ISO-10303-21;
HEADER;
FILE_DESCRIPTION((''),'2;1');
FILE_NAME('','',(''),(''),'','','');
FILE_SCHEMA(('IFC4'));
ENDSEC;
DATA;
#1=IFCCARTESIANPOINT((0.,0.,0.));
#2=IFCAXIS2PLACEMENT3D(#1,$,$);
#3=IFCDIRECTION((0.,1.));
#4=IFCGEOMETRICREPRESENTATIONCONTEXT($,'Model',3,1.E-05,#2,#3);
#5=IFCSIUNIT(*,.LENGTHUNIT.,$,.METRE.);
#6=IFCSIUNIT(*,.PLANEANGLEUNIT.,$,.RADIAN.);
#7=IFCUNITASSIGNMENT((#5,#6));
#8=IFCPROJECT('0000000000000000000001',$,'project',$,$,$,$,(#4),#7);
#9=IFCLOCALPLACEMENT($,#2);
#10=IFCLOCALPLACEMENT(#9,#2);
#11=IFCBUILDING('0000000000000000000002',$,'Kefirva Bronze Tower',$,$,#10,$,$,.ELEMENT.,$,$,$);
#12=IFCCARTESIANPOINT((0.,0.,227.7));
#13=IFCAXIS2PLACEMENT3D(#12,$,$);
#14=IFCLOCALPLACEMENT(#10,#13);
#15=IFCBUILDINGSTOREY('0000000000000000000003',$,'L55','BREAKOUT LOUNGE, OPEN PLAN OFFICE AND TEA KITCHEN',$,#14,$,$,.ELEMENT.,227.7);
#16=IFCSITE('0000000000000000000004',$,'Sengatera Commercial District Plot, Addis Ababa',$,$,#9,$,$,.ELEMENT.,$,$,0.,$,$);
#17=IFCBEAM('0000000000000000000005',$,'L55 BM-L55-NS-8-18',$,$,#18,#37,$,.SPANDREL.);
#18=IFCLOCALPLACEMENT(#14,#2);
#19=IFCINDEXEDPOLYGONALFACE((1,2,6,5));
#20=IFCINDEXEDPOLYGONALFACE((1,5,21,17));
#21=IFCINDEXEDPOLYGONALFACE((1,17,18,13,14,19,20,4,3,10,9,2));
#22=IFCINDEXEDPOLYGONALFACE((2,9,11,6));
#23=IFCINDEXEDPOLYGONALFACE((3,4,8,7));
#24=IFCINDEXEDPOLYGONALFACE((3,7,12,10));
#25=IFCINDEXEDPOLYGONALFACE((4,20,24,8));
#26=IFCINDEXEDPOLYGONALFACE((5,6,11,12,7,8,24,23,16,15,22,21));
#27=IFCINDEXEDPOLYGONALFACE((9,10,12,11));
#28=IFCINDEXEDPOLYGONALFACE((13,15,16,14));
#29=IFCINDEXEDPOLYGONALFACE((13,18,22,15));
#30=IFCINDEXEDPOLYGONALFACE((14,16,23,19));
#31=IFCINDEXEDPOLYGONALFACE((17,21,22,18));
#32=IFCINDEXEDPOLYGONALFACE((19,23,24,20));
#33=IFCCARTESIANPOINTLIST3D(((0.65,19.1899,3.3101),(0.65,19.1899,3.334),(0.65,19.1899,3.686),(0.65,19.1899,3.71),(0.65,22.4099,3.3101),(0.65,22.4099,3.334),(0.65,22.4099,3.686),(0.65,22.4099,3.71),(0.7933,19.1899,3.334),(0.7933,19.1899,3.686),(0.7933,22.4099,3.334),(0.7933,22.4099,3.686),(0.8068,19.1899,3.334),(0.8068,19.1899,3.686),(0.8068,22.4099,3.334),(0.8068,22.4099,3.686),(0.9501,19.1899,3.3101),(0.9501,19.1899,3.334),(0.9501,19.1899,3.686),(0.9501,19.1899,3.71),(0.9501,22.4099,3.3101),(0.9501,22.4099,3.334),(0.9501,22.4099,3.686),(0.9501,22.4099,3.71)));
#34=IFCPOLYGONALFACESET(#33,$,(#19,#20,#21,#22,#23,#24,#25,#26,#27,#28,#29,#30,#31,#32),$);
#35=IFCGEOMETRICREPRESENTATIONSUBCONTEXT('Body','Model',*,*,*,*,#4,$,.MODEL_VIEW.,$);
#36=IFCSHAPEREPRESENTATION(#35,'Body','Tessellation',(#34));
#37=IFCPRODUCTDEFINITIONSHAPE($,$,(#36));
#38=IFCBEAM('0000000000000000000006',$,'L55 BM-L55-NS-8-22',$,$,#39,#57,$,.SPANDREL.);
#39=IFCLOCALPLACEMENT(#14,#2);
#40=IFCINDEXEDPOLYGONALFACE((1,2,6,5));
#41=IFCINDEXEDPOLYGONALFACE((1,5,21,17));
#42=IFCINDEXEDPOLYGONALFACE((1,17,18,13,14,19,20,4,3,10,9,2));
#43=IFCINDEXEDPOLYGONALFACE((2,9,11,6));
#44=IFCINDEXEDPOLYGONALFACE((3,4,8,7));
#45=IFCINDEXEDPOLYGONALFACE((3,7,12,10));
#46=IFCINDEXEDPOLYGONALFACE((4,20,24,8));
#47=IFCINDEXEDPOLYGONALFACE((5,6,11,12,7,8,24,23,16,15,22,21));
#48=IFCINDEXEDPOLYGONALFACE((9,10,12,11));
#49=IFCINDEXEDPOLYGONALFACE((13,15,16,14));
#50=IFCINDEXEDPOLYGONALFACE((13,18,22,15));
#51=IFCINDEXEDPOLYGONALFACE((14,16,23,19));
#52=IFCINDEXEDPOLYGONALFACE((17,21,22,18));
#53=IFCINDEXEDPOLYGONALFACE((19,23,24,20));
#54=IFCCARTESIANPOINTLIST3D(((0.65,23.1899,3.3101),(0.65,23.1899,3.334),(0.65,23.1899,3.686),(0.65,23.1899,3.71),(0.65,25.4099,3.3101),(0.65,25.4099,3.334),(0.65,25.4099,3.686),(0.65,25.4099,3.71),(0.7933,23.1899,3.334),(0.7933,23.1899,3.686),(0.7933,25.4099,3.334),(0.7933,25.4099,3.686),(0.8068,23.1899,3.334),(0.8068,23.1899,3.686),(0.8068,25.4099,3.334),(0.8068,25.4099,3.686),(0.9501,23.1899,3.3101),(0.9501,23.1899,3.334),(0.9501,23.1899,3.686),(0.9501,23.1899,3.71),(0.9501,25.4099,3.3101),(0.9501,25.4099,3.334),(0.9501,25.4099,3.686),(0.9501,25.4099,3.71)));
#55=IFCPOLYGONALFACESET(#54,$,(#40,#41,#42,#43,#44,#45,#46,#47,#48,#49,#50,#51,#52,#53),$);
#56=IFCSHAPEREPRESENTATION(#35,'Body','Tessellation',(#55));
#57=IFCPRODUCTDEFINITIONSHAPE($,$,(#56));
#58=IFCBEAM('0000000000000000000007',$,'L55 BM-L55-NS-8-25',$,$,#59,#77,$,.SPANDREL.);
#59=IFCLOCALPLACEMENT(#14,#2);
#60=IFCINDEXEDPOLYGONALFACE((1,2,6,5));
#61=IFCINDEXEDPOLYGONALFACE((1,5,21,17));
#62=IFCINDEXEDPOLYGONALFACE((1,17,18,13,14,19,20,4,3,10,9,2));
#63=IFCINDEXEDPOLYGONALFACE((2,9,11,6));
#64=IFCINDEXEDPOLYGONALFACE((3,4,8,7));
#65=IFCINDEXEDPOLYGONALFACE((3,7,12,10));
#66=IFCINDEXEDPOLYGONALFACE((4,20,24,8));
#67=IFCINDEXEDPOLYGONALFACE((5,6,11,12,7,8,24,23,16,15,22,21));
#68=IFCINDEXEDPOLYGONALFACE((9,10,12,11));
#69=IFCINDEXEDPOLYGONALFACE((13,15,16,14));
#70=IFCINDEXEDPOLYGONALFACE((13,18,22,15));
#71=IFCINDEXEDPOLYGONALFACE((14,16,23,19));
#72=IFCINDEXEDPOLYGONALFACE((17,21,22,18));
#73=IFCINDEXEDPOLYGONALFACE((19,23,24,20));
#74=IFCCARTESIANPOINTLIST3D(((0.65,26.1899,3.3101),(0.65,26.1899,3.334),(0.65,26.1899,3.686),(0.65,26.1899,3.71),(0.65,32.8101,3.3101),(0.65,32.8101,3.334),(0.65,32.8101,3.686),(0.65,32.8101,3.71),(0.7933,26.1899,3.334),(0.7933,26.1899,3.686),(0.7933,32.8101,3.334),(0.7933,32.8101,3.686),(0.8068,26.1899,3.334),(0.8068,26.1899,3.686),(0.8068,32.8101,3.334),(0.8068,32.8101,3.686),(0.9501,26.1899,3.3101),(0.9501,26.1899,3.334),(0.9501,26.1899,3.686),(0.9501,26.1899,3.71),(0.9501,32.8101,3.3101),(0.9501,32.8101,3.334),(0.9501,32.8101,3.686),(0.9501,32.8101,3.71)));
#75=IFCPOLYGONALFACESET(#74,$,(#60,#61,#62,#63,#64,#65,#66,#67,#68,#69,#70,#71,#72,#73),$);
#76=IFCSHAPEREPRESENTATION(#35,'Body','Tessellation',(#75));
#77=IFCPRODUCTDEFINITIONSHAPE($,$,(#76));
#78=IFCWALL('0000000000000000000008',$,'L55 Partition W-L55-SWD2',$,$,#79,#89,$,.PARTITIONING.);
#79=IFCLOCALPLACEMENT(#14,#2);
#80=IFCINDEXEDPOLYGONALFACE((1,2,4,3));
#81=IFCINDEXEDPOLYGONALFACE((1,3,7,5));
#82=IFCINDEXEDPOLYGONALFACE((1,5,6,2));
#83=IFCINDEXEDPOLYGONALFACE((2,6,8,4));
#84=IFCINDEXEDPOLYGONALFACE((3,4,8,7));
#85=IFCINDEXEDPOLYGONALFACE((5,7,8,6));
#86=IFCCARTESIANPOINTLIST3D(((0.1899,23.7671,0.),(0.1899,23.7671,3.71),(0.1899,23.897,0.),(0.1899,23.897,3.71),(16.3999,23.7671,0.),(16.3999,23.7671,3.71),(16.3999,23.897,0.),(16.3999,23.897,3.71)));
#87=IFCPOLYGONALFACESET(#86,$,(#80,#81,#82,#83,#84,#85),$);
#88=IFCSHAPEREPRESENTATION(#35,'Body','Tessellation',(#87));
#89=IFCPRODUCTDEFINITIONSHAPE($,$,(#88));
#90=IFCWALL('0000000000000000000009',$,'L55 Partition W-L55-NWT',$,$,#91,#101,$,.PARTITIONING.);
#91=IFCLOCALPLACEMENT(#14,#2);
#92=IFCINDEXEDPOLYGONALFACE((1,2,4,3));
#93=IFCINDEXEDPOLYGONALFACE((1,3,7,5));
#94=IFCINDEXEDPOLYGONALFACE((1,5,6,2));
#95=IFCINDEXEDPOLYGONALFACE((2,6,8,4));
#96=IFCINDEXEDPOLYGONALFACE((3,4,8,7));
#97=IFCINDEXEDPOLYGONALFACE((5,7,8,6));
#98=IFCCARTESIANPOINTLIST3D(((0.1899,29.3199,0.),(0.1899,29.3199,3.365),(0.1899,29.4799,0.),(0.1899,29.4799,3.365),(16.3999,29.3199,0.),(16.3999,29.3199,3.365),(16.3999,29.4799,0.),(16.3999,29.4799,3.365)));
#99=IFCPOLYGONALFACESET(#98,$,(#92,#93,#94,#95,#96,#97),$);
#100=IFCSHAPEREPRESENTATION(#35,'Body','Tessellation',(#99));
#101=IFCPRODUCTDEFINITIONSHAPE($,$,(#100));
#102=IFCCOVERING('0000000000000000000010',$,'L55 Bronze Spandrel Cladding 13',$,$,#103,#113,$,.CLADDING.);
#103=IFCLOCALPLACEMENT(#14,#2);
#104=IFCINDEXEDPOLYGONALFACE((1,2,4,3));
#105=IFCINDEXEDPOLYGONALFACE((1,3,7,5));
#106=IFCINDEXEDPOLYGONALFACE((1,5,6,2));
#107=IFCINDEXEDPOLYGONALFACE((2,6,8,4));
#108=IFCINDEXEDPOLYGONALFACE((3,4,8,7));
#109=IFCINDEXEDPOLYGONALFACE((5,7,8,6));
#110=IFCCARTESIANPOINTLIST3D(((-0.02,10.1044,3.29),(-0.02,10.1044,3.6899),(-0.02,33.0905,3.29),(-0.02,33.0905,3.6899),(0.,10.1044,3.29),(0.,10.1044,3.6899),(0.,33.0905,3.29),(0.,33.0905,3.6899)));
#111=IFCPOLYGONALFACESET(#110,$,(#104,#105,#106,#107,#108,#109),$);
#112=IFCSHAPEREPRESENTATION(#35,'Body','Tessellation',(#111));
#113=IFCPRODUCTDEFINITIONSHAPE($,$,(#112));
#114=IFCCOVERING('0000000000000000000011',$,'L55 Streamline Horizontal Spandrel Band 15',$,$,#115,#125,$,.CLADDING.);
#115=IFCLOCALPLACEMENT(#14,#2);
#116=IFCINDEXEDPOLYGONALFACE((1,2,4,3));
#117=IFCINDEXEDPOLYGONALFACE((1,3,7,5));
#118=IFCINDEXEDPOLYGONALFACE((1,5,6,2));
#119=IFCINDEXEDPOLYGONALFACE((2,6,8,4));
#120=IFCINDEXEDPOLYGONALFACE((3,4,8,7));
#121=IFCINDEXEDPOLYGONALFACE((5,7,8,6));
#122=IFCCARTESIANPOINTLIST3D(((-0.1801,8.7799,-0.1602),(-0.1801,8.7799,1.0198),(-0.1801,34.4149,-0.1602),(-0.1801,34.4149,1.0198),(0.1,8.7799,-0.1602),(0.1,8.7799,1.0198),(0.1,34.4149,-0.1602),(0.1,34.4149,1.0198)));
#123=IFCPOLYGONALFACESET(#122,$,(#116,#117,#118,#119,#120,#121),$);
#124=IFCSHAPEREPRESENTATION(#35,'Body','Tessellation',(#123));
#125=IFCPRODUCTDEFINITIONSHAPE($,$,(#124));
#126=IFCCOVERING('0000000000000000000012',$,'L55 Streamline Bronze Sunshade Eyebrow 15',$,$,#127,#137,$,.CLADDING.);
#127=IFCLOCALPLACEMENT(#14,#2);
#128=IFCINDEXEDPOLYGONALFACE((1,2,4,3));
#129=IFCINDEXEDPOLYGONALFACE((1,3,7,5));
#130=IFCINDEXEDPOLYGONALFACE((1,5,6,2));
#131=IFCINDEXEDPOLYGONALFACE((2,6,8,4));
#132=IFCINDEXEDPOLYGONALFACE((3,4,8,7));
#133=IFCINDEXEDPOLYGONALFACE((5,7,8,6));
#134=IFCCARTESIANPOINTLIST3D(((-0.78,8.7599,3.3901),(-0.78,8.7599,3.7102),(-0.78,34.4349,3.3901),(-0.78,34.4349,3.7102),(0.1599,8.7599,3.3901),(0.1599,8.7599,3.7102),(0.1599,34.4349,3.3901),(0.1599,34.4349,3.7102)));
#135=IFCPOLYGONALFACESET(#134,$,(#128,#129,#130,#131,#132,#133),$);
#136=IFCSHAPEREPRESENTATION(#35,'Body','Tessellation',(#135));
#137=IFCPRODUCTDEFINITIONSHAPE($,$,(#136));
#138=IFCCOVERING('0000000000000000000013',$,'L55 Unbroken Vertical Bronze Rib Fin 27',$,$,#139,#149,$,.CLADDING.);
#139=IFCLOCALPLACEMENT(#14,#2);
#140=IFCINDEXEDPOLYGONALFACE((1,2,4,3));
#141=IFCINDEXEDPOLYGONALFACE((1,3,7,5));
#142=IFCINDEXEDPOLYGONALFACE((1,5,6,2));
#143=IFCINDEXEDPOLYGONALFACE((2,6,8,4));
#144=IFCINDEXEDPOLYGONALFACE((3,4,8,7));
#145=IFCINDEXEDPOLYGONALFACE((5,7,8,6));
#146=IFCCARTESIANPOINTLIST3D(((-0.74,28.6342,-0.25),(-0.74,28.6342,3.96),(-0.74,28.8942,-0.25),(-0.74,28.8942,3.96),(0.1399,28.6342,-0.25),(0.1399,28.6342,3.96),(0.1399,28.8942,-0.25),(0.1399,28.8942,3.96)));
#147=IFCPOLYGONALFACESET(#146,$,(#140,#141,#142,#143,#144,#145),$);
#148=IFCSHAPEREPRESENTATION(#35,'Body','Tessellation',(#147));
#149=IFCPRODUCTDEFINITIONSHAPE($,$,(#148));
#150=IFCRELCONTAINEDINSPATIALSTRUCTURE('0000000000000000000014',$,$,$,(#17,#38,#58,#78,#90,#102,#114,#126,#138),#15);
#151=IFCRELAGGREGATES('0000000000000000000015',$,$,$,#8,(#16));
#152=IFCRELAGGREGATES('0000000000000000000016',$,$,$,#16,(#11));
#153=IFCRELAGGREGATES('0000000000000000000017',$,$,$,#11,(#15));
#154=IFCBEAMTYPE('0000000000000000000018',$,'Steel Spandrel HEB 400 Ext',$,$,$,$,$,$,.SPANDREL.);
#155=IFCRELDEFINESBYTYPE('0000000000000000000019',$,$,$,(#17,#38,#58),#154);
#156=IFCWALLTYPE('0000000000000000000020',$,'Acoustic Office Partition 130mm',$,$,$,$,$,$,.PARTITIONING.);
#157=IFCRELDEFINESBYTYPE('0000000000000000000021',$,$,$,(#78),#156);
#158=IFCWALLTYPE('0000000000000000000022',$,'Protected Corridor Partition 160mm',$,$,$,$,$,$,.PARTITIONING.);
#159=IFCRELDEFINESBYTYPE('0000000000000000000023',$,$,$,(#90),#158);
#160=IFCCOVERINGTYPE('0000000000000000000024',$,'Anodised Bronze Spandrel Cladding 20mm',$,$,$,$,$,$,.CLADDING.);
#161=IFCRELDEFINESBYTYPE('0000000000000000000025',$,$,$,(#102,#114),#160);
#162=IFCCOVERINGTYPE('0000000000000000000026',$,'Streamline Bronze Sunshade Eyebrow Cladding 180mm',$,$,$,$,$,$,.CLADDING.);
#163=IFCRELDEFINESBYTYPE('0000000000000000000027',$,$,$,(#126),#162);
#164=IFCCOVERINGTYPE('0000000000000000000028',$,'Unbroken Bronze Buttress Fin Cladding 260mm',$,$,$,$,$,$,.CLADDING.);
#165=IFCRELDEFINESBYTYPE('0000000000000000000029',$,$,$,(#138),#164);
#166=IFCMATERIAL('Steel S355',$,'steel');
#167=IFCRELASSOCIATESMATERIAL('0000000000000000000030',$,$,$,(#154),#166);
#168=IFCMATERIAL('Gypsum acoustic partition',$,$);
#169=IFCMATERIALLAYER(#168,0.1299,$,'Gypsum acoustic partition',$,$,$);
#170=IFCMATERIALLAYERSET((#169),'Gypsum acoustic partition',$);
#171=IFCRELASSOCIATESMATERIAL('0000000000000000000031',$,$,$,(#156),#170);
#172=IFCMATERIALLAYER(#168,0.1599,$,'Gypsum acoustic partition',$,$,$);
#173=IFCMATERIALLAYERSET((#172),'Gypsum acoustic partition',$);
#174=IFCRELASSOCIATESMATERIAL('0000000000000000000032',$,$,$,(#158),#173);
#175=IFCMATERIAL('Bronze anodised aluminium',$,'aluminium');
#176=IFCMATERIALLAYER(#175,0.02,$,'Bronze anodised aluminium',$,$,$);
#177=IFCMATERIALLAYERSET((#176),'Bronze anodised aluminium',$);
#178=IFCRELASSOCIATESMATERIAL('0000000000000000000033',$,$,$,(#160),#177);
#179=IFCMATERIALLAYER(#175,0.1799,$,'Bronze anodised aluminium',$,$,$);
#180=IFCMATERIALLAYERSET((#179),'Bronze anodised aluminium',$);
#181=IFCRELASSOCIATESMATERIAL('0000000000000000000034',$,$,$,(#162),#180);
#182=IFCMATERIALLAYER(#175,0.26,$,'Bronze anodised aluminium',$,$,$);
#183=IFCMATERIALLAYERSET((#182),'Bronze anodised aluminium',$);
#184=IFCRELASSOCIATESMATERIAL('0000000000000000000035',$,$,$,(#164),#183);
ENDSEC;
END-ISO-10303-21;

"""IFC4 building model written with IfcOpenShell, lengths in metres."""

from ifc_helpers import new_model, si_unit, direction, frame, frame_2d, origin, origin_2d, place, context, subcontext, project, spatial, rectangle, i_section, extrude, material, layer, layer_set, material_profile, profile_set, type_object, element, save


model = new_model("IFC4")

# Units and contexts
model_context = context("Model", 3, precision=1e-05, world=origin(), true_north=direction((0.0, 1.0)))
body_context = subcontext(model_context, "Body", "Model", "MODEL_VIEW")
ifc_project = project(units=[si_unit("LENGTHUNIT", "METRE"), si_unit("PLANEANGLEUNIT", "RADIAN")], contexts=[model_context])

# Site, building, storey
site_placement = place(None, origin())
site = spatial("IfcSite", under=ifc_project, at=site_placement, Name="Sengatera Commercial District Plot, Addis Ababa", CompositionType="ELEMENT", RefElevation=0.0)
building_placement = place(site_placement, origin())
building = spatial("IfcBuilding", under=site, at=building_placement, Name="Kefirva Bronze Tower", CompositionType="ELEMENT")
storey_placement = place(building_placement, frame((0.0, 0.0, 227.7)))
storey = spatial("IfcBuildingStorey", under=building, at=storey_placement, Name="L55", Description="BREAKOUT LOUNGE, OPEN PLAN OFFICE AND TEA KITCHEN", CompositionType="ELEMENT", Elevation=227.7)

# Beams
ifc_material_1 = material(Name="Steel S355", Category="steel")
ifc_material_profile_1 = material_profile(ifc_material_1, i_section(OverallWidth=0.3, OverallDepth=0.3999, WebThickness=0.0134, FlangeThickness=0.0239, at=origin_2d()), Name="HEB 400")
ifc_profile_set_1 = profile_set([ifc_material_profile_1], Name="Steel S355")
beam_type_1 = type_object("IfcBeamType", Name="Steel Spandrel HEB 400 Ext", PredefinedType="SPANDREL", material=ifc_profile_set_1)
beam_1_placement = place(storey_placement, frame((0.8, 19.1899, 3.51), z_axis=(0.0, 1.0, 0.0), x_axis=(-1.0, 0.0, 0.0)))
element("IfcBeam", 1, at=beam_1_placement, inside=storey, type_object=beam_type_1, Name="L55 BM-L55-NS-8-18", PredefinedType="SPANDREL", context=body_context, shape_type="SweptSolid", body=[
    extrude(i_section(OverallWidth=0.3, OverallDepth=0.3999, WebThickness=0.0134, FlangeThickness=0.0239, at=origin_2d()), origin(), (0.0, 0.0, 1.0), 3.22),
])
beam_2_placement = place(storey_placement, frame((0.8, 23.1899, 3.51), z_axis=(0.0, 1.0, 0.0), x_axis=(-1.0, 0.0, 0.0)))
element("IfcBeam", 2, at=beam_2_placement, inside=storey, type_object=beam_type_1, Name="L55 BM-L55-NS-8-22", PredefinedType="SPANDREL", context=body_context, shape_type="SweptSolid", body=[
    extrude(i_section(OverallWidth=0.3, OverallDepth=0.3999, WebThickness=0.0134, FlangeThickness=0.0239, at=origin_2d()), origin(), (0.0, 0.0, 1.0), 2.22),
])
beam_3_placement = place(storey_placement, frame((0.8, 26.1899, 3.51), z_axis=(0.0, 1.0, 0.0), x_axis=(-1.0, 0.0, 0.0)))
element("IfcBeam", 3, at=beam_3_placement, inside=storey, type_object=beam_type_1, Name="L55 BM-L55-NS-8-25", PredefinedType="SPANDREL", context=body_context, shape_type="SweptSolid", body=[
    extrude(i_section(OverallWidth=0.3, OverallDepth=0.3999, WebThickness=0.0134, FlangeThickness=0.0239, at=origin_2d()), origin(), (0.0, 0.0, 1.0), 6.6201),
])

# Walls
ifc_material_2 = material(Name="Gypsum acoustic partition")
ifc_layer_1 = layer(ifc_material_2, 0.1299, Name="Gypsum acoustic partition")
ifc_layer_set_1 = layer_set([ifc_layer_1], Name="Gypsum acoustic partition")
wall_type_1 = type_object("IfcWallType", Name="Acoustic Office Partition 130mm", PredefinedType="PARTITIONING", material=ifc_layer_set_1)
wall_1_placement = place(storey_placement, frame((0.1899, 23.832, 0.0), z_axis=(0.0, 0.0, 1.0), x_axis=(1.0, 0.0, 0.0)))
element("IfcWall", 4, at=wall_1_placement, inside=storey, type_object=wall_type_1, Name="L55 Partition W-L55-SWD2", PredefinedType="PARTITIONING", context=body_context, shape_type="SweptSolid", body=[
    extrude(rectangle(XDim=16.21, YDim=0.1299, at=frame_2d((8.105, 0.0))), origin(), (0.0, 0.0, 1.0), 3.71),
])
ifc_layer_2 = layer(ifc_material_2, 0.1599, Name="Gypsum acoustic partition")
ifc_layer_set_2 = layer_set([ifc_layer_2], Name="Gypsum acoustic partition")
wall_type_2 = type_object("IfcWallType", Name="Protected Corridor Partition 160mm", PredefinedType="PARTITIONING", material=ifc_layer_set_2)
wall_2_placement = place(storey_placement, frame((0.1899, 29.3999, 0.0), z_axis=(0.0, 0.0, 1.0), x_axis=(1.0, 0.0, 0.0)))
element("IfcWall", 5, at=wall_2_placement, inside=storey, type_object=wall_type_2, Name="L55 Partition W-L55-NWT", PredefinedType="PARTITIONING", context=body_context, shape_type="SweptSolid", body=[
    extrude(rectangle(XDim=16.21, YDim=0.1599, at=frame_2d((8.105, 0.0))), origin(), (0.0, 0.0, 1.0), 3.365),
])

# Coverings
ifc_material_3 = material(Name="Bronze anodised aluminium", Category="aluminium")
ifc_layer_3 = layer(ifc_material_3, 0.02, Name="Bronze anodised aluminium")
ifc_layer_set_3 = layer_set([ifc_layer_3], Name="Bronze anodised aluminium")
covering_type_1 = type_object("IfcCoveringType", Name="Anodised Bronze Spandrel Cladding 20mm", PredefinedType="CLADDING", material=ifc_layer_set_3)
covering_1_placement = place(storey_placement, frame((-0.01, 21.5974, 3.29), z_axis=(0.0, 0.0, 1.0), x_axis=(0.0, -1.0, 0.0)))
element("IfcCovering", 6, at=covering_1_placement, inside=storey, type_object=covering_type_1, Name="L55 Bronze Spandrel Cladding 13", PredefinedType="CLADDING", context=body_context, shape_type="SweptSolid", body=[
    extrude(rectangle(XDim=22.9861, YDim=0.02, at=origin_2d()), origin(), (0.0, 0.0, 1.0), 0.3999),
])
covering_2_placement = place(storey_placement, frame((-0.04, 21.5974, -0.1602), z_axis=(0.0, 0.0, 1.0), x_axis=(0.0, -1.0, 0.0)))
element("IfcCovering", 7, at=covering_2_placement, inside=storey, type_object=covering_type_1, Name="L55 Streamline Horizontal Spandrel Band 15", PredefinedType="CLADDING", context=body_context, shape_type="SweptSolid", body=[
    extrude(rectangle(XDim=25.635, YDim=0.28, at=origin_2d()), origin(), (0.0, 0.0, 1.0), 1.1799),
])
ifc_layer_4 = layer(ifc_material_3, 0.1799, Name="Bronze anodised aluminium")
ifc_layer_set_4 = layer_set([ifc_layer_4], Name="Bronze anodised aluminium")
covering_type_2 = type_object("IfcCoveringType", Name="Streamline Bronze Sunshade Eyebrow Cladding 180mm", PredefinedType="CLADDING", material=ifc_layer_set_4)
covering_3_placement = place(storey_placement, frame((-0.3101, 21.5974, 3.3901), z_axis=(0.0, 0.0, 1.0), x_axis=(0.0, -1.0, 0.0)))
element("IfcCovering", 8, at=covering_3_placement, inside=storey, type_object=covering_type_2, Name="L55 Streamline Bronze Sunshade Eyebrow 15", PredefinedType="CLADDING", context=body_context, shape_type="SweptSolid", body=[
    extrude(rectangle(XDim=25.675, YDim=0.9399, at=origin_2d()), origin(), (0.0, 0.0, 1.0), 0.3201),
])
ifc_layer_5 = layer(ifc_material_3, 0.26, Name="Bronze anodised aluminium")
ifc_layer_set_5 = layer_set([ifc_layer_5], Name="Bronze anodised aluminium")
covering_type_3 = type_object("IfcCoveringType", Name="Unbroken Bronze Buttress Fin Cladding 260mm", PredefinedType="CLADDING", material=ifc_layer_set_5)
covering_4_placement = place(storey_placement, frame((-0.3, 28.7642, -0.25), z_axis=(0.0, 0.0, 1.0), x_axis=(0.0, -1.0, 0.0)))
element("IfcCovering", 9, at=covering_4_placement, inside=storey, type_object=covering_type_3, Name="L55 Unbroken Vertical Bronze Rib Fin 27", PredefinedType="CLADDING", context=body_context, shape_type="SweptSolid", body=[
    extrude(rectangle(XDim=0.26, YDim=0.8799, at=origin_2d()), origin(), (0.0, 0.0, 1.0), 4.21),
])

save(model, "model.ifc")
